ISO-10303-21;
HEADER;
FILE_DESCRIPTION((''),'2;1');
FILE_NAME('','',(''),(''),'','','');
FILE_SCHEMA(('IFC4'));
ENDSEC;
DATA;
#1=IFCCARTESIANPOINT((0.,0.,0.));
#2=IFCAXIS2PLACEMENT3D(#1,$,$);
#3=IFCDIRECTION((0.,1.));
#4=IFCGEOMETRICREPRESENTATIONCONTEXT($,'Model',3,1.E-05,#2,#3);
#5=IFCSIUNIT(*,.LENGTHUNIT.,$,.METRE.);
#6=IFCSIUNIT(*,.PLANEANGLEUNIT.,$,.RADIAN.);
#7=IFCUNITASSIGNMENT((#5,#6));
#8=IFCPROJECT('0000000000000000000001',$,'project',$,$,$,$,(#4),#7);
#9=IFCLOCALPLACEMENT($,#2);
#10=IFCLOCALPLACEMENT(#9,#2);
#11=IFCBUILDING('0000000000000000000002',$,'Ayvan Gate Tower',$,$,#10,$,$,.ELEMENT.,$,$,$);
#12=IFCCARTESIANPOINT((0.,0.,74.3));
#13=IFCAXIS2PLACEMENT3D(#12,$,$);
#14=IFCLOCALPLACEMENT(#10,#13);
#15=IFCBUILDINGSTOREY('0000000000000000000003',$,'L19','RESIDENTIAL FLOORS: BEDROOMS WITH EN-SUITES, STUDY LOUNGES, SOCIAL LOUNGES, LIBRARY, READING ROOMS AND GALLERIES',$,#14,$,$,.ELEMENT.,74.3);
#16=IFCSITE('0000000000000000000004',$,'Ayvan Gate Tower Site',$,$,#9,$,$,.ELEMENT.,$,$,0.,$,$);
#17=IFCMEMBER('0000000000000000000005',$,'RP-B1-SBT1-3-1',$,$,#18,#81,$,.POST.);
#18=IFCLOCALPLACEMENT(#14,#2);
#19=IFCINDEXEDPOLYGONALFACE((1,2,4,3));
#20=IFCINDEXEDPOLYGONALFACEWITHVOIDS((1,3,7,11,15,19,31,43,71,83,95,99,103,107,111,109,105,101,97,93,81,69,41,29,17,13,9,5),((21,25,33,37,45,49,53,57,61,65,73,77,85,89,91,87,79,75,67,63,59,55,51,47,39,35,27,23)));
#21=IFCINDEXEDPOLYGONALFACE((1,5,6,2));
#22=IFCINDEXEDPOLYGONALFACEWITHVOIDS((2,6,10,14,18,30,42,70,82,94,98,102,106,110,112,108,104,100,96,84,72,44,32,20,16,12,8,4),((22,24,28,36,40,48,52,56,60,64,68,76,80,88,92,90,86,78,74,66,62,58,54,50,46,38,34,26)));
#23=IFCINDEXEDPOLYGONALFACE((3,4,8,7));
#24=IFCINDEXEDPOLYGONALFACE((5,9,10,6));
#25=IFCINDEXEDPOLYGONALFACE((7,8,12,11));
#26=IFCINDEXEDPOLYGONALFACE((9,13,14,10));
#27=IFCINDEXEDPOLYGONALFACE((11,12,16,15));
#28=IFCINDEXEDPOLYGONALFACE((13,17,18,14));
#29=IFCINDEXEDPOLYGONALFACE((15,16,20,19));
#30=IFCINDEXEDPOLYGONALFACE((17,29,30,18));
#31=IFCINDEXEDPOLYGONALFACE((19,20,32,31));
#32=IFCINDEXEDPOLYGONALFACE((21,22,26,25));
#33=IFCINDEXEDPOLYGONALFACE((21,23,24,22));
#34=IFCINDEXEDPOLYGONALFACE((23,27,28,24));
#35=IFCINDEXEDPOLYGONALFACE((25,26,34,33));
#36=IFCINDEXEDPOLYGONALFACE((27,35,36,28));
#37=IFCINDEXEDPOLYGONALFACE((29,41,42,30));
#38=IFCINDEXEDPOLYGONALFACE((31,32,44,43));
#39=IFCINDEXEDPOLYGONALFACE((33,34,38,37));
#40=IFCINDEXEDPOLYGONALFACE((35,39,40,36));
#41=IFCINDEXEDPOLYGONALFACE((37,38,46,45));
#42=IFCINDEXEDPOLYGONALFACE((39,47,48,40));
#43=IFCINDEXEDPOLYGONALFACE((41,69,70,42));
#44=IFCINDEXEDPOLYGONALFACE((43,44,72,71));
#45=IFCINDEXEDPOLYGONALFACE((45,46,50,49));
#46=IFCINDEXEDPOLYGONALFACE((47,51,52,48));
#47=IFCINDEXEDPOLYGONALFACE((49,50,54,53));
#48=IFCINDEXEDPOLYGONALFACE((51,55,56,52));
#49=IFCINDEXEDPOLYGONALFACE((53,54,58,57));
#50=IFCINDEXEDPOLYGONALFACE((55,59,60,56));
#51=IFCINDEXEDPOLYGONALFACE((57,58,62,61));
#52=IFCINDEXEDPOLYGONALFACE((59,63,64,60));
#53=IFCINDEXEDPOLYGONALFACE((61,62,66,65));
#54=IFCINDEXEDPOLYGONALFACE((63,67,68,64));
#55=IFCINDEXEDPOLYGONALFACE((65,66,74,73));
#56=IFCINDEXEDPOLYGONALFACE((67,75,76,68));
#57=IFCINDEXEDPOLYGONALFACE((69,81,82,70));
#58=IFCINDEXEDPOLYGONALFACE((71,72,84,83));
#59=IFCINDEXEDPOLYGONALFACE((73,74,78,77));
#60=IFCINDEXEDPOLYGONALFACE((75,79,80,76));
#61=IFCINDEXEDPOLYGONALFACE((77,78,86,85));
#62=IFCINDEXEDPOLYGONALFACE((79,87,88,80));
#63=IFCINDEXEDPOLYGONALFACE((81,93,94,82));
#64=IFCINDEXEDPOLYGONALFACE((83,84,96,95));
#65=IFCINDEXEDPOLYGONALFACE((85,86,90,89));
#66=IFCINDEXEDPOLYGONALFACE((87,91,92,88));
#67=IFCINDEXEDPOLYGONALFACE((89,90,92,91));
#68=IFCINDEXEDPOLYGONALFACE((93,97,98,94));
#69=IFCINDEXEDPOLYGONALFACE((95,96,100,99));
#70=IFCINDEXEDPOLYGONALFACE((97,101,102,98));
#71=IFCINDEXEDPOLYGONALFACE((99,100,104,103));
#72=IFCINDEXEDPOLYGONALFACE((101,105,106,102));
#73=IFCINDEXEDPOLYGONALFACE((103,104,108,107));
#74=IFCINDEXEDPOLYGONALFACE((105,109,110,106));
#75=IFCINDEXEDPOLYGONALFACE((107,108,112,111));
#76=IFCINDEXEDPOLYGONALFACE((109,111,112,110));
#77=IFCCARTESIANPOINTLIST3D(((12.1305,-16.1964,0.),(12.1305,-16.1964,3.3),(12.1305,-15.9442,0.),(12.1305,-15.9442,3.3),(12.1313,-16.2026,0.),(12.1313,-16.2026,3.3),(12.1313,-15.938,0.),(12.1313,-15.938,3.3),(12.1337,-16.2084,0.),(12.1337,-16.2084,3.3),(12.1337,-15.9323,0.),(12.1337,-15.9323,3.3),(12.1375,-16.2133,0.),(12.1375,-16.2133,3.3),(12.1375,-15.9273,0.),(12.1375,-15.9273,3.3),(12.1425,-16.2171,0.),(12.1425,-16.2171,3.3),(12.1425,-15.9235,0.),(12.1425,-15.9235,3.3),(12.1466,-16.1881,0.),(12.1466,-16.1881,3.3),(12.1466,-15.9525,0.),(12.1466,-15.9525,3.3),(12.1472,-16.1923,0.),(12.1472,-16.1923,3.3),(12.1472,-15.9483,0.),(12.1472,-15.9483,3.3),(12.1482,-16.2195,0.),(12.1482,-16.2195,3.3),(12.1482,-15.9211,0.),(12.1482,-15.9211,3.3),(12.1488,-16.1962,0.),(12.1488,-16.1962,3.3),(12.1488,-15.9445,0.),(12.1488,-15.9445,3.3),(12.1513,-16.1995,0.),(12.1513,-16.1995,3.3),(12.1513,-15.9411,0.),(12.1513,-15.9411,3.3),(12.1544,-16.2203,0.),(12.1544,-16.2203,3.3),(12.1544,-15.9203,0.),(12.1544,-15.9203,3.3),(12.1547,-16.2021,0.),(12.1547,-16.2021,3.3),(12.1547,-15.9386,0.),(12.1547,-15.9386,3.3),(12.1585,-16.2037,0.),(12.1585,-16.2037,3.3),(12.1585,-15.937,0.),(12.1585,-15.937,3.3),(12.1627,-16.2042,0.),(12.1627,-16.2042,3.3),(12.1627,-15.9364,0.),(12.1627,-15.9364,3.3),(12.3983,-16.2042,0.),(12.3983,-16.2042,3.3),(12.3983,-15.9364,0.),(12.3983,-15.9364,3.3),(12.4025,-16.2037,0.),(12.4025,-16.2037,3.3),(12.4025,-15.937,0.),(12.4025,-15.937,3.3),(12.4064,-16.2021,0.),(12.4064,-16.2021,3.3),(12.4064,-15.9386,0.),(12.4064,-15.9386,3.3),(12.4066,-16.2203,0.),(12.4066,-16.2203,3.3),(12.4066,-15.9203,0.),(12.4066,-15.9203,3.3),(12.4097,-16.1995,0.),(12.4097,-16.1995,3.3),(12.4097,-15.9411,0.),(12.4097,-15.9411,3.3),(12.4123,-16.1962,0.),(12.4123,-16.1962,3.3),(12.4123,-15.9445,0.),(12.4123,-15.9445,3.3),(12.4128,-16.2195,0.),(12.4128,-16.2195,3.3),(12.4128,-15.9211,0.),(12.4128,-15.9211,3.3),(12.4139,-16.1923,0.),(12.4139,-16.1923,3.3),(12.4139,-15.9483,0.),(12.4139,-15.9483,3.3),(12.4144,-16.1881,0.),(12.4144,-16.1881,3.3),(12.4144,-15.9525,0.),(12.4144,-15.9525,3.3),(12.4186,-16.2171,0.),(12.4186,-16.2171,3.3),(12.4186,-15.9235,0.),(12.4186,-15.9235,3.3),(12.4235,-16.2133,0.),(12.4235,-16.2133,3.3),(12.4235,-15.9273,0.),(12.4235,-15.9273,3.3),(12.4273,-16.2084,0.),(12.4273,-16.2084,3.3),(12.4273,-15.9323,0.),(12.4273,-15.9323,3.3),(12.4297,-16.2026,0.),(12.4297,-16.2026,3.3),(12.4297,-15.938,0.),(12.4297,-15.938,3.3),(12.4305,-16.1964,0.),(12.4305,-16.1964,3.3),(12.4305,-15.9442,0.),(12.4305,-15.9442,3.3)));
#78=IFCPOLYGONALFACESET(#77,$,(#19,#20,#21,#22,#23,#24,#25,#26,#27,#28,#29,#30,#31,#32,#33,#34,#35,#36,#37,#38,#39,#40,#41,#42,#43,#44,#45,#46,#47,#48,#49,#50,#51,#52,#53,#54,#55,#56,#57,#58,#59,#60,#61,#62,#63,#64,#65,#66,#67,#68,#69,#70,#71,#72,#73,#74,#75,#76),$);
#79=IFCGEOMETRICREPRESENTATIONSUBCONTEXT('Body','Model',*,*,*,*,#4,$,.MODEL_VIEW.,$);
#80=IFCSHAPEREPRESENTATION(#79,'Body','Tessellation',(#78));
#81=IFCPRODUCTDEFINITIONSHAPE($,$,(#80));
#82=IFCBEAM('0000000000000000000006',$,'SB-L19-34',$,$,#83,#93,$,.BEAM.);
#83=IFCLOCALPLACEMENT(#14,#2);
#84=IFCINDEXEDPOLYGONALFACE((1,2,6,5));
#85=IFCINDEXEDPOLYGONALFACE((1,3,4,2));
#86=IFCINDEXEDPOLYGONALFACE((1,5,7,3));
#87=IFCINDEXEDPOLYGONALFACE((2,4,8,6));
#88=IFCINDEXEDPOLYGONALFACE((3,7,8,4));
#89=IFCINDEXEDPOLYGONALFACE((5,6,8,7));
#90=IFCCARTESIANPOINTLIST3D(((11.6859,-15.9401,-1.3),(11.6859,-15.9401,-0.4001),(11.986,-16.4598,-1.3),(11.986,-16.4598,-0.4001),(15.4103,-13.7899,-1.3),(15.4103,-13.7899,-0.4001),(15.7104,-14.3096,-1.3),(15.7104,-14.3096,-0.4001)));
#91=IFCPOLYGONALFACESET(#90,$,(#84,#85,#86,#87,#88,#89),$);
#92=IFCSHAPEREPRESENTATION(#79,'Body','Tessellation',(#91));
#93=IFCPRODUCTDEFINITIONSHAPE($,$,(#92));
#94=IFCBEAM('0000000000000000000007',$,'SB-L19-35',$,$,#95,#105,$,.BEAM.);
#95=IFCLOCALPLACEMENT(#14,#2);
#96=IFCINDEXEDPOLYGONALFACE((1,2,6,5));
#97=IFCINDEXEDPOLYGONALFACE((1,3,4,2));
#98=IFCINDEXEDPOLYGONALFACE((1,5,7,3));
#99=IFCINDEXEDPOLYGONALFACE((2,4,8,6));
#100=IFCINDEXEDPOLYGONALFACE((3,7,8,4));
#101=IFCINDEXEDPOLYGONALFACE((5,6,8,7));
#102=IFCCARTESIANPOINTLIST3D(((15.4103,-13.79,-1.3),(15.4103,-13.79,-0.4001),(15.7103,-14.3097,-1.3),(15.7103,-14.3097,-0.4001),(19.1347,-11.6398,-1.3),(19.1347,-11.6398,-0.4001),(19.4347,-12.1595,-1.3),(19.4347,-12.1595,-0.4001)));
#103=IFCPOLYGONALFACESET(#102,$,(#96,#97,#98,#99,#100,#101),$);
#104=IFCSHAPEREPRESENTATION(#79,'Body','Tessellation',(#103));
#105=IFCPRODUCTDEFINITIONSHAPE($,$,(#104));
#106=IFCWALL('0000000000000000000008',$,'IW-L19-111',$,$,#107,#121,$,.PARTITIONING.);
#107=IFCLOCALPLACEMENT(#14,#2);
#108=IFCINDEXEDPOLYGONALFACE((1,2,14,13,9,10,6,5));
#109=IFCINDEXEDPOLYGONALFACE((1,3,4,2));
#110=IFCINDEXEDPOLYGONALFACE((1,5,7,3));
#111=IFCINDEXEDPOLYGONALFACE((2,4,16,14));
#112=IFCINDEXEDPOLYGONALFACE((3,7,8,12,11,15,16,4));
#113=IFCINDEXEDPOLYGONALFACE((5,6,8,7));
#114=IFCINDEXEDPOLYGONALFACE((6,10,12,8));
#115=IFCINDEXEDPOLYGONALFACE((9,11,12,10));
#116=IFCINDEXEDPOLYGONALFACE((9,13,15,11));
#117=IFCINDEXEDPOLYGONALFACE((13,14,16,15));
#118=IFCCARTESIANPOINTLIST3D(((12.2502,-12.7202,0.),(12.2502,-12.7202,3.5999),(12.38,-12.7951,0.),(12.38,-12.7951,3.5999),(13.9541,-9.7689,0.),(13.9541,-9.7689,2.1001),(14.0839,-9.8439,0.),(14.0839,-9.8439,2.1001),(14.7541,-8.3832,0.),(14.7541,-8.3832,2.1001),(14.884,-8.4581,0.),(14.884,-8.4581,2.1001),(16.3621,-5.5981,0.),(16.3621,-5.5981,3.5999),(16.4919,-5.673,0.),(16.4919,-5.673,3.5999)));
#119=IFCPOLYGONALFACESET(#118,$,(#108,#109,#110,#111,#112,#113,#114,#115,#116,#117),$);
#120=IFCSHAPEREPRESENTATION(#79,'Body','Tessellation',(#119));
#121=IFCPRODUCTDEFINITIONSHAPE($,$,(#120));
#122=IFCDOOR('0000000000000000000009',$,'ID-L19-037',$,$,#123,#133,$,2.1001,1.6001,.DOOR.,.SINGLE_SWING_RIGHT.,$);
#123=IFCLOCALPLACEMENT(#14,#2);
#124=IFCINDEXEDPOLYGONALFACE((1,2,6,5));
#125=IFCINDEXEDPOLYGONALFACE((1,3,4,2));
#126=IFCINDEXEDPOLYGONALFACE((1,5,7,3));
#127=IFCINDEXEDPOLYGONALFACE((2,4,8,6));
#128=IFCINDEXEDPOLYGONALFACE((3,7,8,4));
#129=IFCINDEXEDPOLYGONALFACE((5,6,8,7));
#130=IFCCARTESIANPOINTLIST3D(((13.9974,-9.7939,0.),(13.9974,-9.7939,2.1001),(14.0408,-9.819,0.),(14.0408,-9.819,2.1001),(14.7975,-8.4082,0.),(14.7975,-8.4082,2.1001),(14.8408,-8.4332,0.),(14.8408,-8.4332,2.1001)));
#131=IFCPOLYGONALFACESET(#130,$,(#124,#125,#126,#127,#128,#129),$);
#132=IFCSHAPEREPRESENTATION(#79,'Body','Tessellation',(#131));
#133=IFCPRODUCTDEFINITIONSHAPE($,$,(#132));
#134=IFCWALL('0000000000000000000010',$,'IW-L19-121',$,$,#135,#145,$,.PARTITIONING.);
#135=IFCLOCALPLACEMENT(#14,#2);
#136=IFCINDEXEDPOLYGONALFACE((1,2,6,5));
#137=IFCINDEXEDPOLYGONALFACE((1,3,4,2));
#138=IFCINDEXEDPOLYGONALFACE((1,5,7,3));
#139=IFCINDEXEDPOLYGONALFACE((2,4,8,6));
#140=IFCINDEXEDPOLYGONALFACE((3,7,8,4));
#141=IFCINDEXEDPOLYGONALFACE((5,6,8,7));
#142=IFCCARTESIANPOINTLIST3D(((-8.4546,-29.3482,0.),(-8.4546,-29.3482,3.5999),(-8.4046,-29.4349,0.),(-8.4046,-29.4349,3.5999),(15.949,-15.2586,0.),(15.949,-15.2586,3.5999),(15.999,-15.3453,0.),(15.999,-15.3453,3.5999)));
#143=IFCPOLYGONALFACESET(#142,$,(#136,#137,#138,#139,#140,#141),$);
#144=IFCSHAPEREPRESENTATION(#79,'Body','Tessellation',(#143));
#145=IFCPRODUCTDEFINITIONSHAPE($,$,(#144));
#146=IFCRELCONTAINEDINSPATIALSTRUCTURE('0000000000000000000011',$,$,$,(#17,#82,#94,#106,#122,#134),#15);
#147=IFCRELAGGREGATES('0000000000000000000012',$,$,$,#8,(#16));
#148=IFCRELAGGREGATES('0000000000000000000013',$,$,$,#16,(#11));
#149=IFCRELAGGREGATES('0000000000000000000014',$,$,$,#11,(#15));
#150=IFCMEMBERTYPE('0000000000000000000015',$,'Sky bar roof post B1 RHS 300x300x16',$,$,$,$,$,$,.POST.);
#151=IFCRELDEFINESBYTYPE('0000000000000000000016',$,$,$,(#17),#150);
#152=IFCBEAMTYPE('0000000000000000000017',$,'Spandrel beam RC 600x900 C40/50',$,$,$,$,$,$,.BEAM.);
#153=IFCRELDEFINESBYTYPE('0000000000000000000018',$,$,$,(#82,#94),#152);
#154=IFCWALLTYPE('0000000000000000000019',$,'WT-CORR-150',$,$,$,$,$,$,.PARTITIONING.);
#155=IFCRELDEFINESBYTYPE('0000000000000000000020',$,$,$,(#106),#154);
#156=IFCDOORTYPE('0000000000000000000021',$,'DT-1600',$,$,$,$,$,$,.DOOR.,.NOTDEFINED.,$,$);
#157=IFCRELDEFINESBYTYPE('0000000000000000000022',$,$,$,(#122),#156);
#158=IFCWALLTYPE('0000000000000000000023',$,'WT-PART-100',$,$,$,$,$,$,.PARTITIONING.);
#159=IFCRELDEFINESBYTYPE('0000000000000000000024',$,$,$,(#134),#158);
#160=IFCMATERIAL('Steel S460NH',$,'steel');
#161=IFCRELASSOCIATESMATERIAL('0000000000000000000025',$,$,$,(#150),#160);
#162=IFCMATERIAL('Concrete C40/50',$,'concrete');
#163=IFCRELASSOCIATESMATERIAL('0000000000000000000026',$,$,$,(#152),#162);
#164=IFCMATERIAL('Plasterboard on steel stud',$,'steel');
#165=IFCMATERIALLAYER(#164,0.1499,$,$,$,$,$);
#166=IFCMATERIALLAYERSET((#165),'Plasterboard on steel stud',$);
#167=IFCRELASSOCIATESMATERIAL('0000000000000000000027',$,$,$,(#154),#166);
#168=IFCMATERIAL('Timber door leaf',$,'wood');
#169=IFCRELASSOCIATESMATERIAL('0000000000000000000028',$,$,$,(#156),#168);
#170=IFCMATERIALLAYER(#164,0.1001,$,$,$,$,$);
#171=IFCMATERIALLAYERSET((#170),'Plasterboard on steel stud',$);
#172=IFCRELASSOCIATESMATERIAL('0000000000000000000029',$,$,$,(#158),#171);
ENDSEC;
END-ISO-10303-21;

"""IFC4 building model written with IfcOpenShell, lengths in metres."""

from ifc_helpers import new_model, si_unit, direction, frame, frame_2d, origin, origin_2d, place, context, subcontext, project, spatial, rectangle, hollow_rectangle, extrude, material, layer, layer_set, material_profile, profile_set, type_object, element, fill, save


model = new_model("IFC4")

# Units and contexts
model_context = context("Model", 3, precision=1e-05, world=origin(), true_north=direction((0.0, 1.0)))
body_context = subcontext(model_context, "Body", "Model", "MODEL_VIEW")
ifc_project = project(units=[si_unit("LENGTHUNIT", "METRE"), si_unit("PLANEANGLEUNIT", "RADIAN")], contexts=[model_context])

# Site, building, storey
site_placement = place(None, origin())
site = spatial("IfcSite", under=ifc_project, at=site_placement, Name="Ayvan Gate Tower Site", CompositionType="ELEMENT", RefElevation=0.0)
building_placement = place(site_placement, origin())
building = spatial("IfcBuilding", under=site, at=building_placement, Name="Ayvan Gate Tower", CompositionType="ELEMENT")
storey_placement = place(building_placement, frame((0.0, 0.0, 74.3)))
storey = spatial("IfcBuildingStorey", under=building, at=storey_placement, Name="L19", Description="RESIDENTIAL FLOORS: BEDROOMS WITH EN-SUITES, STUDY LOUNGES, SOCIAL LOUNGES, LIBRARY, READING ROOMS AND GALLERIES", CompositionType="ELEMENT", Elevation=74.3)

# Shared definitions
ifc_material_1 = material(Name="Concrete C40/50", Category="concrete")

# Member
ifc_material_2 = material(Name="Steel S460NH", Category="steel")
ifc_material_profile_1 = material_profile(ifc_material_2, hollow_rectangle(XDim=0.3, YDim=0.3, WallThickness=0.0161, InnerFilletRadius=0.0161, OuterFilletRadius=0.0239, at=origin_2d()), Name="RHS 300x300x16")
ifc_profile_set_1 = profile_set([ifc_material_profile_1], Name="Steel S460NH")
member_type = type_object("IfcMemberType", Name="Sky bar roof post B1 RHS 300x300x16", PredefinedType="POST", material=ifc_profile_set_1)
member_placement = place(storey_placement, frame((12.2805, -16.0703, 0.0), z_axis=(0.0, 0.0, 1.0), x_axis=(1.0, 0.0, 0.0)))
element("IfcMember", 1, at=member_placement, inside=storey, type_object=member_type, Name="RP-B1-SBT1-3-1", PredefinedType="POST", context=body_context, shape_type="SweptSolid", body=[
    extrude(hollow_rectangle(XDim=0.3, YDim=0.3, WallThickness=0.0161, InnerFilletRadius=0.0161, OuterFilletRadius=0.0239, at=origin_2d()), origin(), (0.0, 0.0, 1.0), 3.3),
])

# Beams
ifc_material_profile_2 = material_profile(ifc_material_1, rectangle(XDim=0.6001, YDim=0.8999, at=origin_2d()), Name="RC 600x900")
ifc_profile_set_2 = profile_set([ifc_material_profile_2], Name="Concrete C40/50")
beam_type_1 = type_object("IfcBeamType", Name="Spandrel beam RC 600x900 C40/50", PredefinedType="BEAM", material=ifc_profile_set_2)
for number, where, z_axis, x_axis, name in (
    (2, (11.8359, -16.2, -0.8501), (0.866037, 0.49998, 0.0), (-0.49998, 0.866037, 0.0), "SB-L19-34"),
    (3, (15.5603, -14.0498, -0.8501), (0.866037, 0.49998, 0.0), (-0.49998, 0.866037, 0.0), "SB-L19-35"),
):
    element("IfcBeam", number, at=place(storey_placement, frame(where, z_axis=z_axis, x_axis=x_axis)), inside=storey, type_object=beam_type_1, Name=name, PredefinedType="BEAM", context=body_context, shape_type="SweptSolid", body=[
        extrude(rectangle(XDim=0.6001, YDim=0.8999, at=origin_2d()), origin(), (0.0, 0.0, 1.0), 4.3005),
    ])

# Wall, opening, door
ifc_material_3 = material(Name="Plasterboard on steel stud", Category="steel")
ifc_layer_1 = layer(ifc_material_3, 0.1499)
ifc_layer_set_1 = layer_set([ifc_layer_1], Name="Plasterboard on steel stud")
wall_type_1 = type_object("IfcWallType", Name="WT-CORR-150", PredefinedType="PARTITIONING", material=ifc_layer_set_1)
wall_1_placement = place(storey_placement, frame((12.3152, -12.7576, 0.0), z_axis=(0.0, 0.0, 1.0), x_axis=(0.49999, 0.866031, 0.0)))
wall_1 = element("IfcWall", 4, at=wall_1_placement, inside=storey, type_object=wall_type_1, Name="IW-L19-111", PredefinedType="PARTITIONING", context=body_context, shape_type="SweptSolid", body=[
    extrude(rectangle(XDim=8.2239, YDim=0.1499, at=frame_2d((4.1118, 0.0))), origin(), (0.0, 0.0, 1.0), 3.5999),
])
opening_1_placement = place(wall_1_placement, frame((3.4077, 0.0, 0.0)))
opening_1 = element("IfcOpeningElement", 5, at=opening_1_placement, cuts=wall_1, PredefinedType="OPENING", context=body_context, shape_type="SweptSolid", body=[
    extrude(rectangle(XDim=1.6001, YDim=2.1001, at=frame_2d((0.8, 1.05))), frame((0.0, 0.085, 0.0), z_axis=(0.0, -1.0, 0.0), x_axis=(1.0, 0.0, 0.0)), (0.0, 0.0, 1.0), 0.1699),
])
ifc_material_4 = material(Name="Timber door leaf", Category="wood")
door_type = type_object("IfcDoorType", Name="DT-1600", OperationType="NOTDEFINED", PredefinedType="DOOR", material=ifc_material_4)
door_1_placement = place(opening_1_placement, origin())
door_1 = element("IfcDoor", 6, at=door_1_placement, inside=storey, type_object=door_type, Name="ID-L19-037", OperationType="SINGLE_SWING_RIGHT", OverallHeight=2.1001, OverallWidth=1.6001, PredefinedType="DOOR", context=body_context, shape_type="SweptSolid", body=[
    extrude(rectangle(XDim=1.6001, YDim=2.1001, at=frame_2d((0.8, 1.05))), frame((0.0, 0.0249, 0.0), z_axis=(0.0, -1.0, 0.0), x_axis=(1.0, 0.0, 0.0)), (0.0, 0.0, 1.0), 0.05),
])
fill(opening_1, door_1)

# Wall
ifc_layer_2 = layer(ifc_material_3, 0.1001)
ifc_layer_set_2 = layer_set([ifc_layer_2], Name="Plasterboard on steel stud")
wall_type_2 = type_object("IfcWallType", Name="WT-PART-100", PredefinedType="PARTITIONING", material=ifc_layer_set_2)
wall_2_placement = place(storey_placement, frame((15.9739, -15.302, 0.0), z_axis=(0.0, 0.0, 1.0), x_axis=(-0.866022, -0.500005, 0.0)))
element("IfcWall", 7, at=wall_2_placement, inside=storey, type_object=wall_type_2, Name="IW-L19-121", PredefinedType="PARTITIONING", context=body_context, shape_type="SweptSolid", body=[
    extrude(rectangle(XDim=28.179, YDim=0.1001, at=frame_2d((14.0894, 0.0))), origin(), (0.0, 0.0, 1.0), 3.5999),
])

save(model, "model.ifc")
